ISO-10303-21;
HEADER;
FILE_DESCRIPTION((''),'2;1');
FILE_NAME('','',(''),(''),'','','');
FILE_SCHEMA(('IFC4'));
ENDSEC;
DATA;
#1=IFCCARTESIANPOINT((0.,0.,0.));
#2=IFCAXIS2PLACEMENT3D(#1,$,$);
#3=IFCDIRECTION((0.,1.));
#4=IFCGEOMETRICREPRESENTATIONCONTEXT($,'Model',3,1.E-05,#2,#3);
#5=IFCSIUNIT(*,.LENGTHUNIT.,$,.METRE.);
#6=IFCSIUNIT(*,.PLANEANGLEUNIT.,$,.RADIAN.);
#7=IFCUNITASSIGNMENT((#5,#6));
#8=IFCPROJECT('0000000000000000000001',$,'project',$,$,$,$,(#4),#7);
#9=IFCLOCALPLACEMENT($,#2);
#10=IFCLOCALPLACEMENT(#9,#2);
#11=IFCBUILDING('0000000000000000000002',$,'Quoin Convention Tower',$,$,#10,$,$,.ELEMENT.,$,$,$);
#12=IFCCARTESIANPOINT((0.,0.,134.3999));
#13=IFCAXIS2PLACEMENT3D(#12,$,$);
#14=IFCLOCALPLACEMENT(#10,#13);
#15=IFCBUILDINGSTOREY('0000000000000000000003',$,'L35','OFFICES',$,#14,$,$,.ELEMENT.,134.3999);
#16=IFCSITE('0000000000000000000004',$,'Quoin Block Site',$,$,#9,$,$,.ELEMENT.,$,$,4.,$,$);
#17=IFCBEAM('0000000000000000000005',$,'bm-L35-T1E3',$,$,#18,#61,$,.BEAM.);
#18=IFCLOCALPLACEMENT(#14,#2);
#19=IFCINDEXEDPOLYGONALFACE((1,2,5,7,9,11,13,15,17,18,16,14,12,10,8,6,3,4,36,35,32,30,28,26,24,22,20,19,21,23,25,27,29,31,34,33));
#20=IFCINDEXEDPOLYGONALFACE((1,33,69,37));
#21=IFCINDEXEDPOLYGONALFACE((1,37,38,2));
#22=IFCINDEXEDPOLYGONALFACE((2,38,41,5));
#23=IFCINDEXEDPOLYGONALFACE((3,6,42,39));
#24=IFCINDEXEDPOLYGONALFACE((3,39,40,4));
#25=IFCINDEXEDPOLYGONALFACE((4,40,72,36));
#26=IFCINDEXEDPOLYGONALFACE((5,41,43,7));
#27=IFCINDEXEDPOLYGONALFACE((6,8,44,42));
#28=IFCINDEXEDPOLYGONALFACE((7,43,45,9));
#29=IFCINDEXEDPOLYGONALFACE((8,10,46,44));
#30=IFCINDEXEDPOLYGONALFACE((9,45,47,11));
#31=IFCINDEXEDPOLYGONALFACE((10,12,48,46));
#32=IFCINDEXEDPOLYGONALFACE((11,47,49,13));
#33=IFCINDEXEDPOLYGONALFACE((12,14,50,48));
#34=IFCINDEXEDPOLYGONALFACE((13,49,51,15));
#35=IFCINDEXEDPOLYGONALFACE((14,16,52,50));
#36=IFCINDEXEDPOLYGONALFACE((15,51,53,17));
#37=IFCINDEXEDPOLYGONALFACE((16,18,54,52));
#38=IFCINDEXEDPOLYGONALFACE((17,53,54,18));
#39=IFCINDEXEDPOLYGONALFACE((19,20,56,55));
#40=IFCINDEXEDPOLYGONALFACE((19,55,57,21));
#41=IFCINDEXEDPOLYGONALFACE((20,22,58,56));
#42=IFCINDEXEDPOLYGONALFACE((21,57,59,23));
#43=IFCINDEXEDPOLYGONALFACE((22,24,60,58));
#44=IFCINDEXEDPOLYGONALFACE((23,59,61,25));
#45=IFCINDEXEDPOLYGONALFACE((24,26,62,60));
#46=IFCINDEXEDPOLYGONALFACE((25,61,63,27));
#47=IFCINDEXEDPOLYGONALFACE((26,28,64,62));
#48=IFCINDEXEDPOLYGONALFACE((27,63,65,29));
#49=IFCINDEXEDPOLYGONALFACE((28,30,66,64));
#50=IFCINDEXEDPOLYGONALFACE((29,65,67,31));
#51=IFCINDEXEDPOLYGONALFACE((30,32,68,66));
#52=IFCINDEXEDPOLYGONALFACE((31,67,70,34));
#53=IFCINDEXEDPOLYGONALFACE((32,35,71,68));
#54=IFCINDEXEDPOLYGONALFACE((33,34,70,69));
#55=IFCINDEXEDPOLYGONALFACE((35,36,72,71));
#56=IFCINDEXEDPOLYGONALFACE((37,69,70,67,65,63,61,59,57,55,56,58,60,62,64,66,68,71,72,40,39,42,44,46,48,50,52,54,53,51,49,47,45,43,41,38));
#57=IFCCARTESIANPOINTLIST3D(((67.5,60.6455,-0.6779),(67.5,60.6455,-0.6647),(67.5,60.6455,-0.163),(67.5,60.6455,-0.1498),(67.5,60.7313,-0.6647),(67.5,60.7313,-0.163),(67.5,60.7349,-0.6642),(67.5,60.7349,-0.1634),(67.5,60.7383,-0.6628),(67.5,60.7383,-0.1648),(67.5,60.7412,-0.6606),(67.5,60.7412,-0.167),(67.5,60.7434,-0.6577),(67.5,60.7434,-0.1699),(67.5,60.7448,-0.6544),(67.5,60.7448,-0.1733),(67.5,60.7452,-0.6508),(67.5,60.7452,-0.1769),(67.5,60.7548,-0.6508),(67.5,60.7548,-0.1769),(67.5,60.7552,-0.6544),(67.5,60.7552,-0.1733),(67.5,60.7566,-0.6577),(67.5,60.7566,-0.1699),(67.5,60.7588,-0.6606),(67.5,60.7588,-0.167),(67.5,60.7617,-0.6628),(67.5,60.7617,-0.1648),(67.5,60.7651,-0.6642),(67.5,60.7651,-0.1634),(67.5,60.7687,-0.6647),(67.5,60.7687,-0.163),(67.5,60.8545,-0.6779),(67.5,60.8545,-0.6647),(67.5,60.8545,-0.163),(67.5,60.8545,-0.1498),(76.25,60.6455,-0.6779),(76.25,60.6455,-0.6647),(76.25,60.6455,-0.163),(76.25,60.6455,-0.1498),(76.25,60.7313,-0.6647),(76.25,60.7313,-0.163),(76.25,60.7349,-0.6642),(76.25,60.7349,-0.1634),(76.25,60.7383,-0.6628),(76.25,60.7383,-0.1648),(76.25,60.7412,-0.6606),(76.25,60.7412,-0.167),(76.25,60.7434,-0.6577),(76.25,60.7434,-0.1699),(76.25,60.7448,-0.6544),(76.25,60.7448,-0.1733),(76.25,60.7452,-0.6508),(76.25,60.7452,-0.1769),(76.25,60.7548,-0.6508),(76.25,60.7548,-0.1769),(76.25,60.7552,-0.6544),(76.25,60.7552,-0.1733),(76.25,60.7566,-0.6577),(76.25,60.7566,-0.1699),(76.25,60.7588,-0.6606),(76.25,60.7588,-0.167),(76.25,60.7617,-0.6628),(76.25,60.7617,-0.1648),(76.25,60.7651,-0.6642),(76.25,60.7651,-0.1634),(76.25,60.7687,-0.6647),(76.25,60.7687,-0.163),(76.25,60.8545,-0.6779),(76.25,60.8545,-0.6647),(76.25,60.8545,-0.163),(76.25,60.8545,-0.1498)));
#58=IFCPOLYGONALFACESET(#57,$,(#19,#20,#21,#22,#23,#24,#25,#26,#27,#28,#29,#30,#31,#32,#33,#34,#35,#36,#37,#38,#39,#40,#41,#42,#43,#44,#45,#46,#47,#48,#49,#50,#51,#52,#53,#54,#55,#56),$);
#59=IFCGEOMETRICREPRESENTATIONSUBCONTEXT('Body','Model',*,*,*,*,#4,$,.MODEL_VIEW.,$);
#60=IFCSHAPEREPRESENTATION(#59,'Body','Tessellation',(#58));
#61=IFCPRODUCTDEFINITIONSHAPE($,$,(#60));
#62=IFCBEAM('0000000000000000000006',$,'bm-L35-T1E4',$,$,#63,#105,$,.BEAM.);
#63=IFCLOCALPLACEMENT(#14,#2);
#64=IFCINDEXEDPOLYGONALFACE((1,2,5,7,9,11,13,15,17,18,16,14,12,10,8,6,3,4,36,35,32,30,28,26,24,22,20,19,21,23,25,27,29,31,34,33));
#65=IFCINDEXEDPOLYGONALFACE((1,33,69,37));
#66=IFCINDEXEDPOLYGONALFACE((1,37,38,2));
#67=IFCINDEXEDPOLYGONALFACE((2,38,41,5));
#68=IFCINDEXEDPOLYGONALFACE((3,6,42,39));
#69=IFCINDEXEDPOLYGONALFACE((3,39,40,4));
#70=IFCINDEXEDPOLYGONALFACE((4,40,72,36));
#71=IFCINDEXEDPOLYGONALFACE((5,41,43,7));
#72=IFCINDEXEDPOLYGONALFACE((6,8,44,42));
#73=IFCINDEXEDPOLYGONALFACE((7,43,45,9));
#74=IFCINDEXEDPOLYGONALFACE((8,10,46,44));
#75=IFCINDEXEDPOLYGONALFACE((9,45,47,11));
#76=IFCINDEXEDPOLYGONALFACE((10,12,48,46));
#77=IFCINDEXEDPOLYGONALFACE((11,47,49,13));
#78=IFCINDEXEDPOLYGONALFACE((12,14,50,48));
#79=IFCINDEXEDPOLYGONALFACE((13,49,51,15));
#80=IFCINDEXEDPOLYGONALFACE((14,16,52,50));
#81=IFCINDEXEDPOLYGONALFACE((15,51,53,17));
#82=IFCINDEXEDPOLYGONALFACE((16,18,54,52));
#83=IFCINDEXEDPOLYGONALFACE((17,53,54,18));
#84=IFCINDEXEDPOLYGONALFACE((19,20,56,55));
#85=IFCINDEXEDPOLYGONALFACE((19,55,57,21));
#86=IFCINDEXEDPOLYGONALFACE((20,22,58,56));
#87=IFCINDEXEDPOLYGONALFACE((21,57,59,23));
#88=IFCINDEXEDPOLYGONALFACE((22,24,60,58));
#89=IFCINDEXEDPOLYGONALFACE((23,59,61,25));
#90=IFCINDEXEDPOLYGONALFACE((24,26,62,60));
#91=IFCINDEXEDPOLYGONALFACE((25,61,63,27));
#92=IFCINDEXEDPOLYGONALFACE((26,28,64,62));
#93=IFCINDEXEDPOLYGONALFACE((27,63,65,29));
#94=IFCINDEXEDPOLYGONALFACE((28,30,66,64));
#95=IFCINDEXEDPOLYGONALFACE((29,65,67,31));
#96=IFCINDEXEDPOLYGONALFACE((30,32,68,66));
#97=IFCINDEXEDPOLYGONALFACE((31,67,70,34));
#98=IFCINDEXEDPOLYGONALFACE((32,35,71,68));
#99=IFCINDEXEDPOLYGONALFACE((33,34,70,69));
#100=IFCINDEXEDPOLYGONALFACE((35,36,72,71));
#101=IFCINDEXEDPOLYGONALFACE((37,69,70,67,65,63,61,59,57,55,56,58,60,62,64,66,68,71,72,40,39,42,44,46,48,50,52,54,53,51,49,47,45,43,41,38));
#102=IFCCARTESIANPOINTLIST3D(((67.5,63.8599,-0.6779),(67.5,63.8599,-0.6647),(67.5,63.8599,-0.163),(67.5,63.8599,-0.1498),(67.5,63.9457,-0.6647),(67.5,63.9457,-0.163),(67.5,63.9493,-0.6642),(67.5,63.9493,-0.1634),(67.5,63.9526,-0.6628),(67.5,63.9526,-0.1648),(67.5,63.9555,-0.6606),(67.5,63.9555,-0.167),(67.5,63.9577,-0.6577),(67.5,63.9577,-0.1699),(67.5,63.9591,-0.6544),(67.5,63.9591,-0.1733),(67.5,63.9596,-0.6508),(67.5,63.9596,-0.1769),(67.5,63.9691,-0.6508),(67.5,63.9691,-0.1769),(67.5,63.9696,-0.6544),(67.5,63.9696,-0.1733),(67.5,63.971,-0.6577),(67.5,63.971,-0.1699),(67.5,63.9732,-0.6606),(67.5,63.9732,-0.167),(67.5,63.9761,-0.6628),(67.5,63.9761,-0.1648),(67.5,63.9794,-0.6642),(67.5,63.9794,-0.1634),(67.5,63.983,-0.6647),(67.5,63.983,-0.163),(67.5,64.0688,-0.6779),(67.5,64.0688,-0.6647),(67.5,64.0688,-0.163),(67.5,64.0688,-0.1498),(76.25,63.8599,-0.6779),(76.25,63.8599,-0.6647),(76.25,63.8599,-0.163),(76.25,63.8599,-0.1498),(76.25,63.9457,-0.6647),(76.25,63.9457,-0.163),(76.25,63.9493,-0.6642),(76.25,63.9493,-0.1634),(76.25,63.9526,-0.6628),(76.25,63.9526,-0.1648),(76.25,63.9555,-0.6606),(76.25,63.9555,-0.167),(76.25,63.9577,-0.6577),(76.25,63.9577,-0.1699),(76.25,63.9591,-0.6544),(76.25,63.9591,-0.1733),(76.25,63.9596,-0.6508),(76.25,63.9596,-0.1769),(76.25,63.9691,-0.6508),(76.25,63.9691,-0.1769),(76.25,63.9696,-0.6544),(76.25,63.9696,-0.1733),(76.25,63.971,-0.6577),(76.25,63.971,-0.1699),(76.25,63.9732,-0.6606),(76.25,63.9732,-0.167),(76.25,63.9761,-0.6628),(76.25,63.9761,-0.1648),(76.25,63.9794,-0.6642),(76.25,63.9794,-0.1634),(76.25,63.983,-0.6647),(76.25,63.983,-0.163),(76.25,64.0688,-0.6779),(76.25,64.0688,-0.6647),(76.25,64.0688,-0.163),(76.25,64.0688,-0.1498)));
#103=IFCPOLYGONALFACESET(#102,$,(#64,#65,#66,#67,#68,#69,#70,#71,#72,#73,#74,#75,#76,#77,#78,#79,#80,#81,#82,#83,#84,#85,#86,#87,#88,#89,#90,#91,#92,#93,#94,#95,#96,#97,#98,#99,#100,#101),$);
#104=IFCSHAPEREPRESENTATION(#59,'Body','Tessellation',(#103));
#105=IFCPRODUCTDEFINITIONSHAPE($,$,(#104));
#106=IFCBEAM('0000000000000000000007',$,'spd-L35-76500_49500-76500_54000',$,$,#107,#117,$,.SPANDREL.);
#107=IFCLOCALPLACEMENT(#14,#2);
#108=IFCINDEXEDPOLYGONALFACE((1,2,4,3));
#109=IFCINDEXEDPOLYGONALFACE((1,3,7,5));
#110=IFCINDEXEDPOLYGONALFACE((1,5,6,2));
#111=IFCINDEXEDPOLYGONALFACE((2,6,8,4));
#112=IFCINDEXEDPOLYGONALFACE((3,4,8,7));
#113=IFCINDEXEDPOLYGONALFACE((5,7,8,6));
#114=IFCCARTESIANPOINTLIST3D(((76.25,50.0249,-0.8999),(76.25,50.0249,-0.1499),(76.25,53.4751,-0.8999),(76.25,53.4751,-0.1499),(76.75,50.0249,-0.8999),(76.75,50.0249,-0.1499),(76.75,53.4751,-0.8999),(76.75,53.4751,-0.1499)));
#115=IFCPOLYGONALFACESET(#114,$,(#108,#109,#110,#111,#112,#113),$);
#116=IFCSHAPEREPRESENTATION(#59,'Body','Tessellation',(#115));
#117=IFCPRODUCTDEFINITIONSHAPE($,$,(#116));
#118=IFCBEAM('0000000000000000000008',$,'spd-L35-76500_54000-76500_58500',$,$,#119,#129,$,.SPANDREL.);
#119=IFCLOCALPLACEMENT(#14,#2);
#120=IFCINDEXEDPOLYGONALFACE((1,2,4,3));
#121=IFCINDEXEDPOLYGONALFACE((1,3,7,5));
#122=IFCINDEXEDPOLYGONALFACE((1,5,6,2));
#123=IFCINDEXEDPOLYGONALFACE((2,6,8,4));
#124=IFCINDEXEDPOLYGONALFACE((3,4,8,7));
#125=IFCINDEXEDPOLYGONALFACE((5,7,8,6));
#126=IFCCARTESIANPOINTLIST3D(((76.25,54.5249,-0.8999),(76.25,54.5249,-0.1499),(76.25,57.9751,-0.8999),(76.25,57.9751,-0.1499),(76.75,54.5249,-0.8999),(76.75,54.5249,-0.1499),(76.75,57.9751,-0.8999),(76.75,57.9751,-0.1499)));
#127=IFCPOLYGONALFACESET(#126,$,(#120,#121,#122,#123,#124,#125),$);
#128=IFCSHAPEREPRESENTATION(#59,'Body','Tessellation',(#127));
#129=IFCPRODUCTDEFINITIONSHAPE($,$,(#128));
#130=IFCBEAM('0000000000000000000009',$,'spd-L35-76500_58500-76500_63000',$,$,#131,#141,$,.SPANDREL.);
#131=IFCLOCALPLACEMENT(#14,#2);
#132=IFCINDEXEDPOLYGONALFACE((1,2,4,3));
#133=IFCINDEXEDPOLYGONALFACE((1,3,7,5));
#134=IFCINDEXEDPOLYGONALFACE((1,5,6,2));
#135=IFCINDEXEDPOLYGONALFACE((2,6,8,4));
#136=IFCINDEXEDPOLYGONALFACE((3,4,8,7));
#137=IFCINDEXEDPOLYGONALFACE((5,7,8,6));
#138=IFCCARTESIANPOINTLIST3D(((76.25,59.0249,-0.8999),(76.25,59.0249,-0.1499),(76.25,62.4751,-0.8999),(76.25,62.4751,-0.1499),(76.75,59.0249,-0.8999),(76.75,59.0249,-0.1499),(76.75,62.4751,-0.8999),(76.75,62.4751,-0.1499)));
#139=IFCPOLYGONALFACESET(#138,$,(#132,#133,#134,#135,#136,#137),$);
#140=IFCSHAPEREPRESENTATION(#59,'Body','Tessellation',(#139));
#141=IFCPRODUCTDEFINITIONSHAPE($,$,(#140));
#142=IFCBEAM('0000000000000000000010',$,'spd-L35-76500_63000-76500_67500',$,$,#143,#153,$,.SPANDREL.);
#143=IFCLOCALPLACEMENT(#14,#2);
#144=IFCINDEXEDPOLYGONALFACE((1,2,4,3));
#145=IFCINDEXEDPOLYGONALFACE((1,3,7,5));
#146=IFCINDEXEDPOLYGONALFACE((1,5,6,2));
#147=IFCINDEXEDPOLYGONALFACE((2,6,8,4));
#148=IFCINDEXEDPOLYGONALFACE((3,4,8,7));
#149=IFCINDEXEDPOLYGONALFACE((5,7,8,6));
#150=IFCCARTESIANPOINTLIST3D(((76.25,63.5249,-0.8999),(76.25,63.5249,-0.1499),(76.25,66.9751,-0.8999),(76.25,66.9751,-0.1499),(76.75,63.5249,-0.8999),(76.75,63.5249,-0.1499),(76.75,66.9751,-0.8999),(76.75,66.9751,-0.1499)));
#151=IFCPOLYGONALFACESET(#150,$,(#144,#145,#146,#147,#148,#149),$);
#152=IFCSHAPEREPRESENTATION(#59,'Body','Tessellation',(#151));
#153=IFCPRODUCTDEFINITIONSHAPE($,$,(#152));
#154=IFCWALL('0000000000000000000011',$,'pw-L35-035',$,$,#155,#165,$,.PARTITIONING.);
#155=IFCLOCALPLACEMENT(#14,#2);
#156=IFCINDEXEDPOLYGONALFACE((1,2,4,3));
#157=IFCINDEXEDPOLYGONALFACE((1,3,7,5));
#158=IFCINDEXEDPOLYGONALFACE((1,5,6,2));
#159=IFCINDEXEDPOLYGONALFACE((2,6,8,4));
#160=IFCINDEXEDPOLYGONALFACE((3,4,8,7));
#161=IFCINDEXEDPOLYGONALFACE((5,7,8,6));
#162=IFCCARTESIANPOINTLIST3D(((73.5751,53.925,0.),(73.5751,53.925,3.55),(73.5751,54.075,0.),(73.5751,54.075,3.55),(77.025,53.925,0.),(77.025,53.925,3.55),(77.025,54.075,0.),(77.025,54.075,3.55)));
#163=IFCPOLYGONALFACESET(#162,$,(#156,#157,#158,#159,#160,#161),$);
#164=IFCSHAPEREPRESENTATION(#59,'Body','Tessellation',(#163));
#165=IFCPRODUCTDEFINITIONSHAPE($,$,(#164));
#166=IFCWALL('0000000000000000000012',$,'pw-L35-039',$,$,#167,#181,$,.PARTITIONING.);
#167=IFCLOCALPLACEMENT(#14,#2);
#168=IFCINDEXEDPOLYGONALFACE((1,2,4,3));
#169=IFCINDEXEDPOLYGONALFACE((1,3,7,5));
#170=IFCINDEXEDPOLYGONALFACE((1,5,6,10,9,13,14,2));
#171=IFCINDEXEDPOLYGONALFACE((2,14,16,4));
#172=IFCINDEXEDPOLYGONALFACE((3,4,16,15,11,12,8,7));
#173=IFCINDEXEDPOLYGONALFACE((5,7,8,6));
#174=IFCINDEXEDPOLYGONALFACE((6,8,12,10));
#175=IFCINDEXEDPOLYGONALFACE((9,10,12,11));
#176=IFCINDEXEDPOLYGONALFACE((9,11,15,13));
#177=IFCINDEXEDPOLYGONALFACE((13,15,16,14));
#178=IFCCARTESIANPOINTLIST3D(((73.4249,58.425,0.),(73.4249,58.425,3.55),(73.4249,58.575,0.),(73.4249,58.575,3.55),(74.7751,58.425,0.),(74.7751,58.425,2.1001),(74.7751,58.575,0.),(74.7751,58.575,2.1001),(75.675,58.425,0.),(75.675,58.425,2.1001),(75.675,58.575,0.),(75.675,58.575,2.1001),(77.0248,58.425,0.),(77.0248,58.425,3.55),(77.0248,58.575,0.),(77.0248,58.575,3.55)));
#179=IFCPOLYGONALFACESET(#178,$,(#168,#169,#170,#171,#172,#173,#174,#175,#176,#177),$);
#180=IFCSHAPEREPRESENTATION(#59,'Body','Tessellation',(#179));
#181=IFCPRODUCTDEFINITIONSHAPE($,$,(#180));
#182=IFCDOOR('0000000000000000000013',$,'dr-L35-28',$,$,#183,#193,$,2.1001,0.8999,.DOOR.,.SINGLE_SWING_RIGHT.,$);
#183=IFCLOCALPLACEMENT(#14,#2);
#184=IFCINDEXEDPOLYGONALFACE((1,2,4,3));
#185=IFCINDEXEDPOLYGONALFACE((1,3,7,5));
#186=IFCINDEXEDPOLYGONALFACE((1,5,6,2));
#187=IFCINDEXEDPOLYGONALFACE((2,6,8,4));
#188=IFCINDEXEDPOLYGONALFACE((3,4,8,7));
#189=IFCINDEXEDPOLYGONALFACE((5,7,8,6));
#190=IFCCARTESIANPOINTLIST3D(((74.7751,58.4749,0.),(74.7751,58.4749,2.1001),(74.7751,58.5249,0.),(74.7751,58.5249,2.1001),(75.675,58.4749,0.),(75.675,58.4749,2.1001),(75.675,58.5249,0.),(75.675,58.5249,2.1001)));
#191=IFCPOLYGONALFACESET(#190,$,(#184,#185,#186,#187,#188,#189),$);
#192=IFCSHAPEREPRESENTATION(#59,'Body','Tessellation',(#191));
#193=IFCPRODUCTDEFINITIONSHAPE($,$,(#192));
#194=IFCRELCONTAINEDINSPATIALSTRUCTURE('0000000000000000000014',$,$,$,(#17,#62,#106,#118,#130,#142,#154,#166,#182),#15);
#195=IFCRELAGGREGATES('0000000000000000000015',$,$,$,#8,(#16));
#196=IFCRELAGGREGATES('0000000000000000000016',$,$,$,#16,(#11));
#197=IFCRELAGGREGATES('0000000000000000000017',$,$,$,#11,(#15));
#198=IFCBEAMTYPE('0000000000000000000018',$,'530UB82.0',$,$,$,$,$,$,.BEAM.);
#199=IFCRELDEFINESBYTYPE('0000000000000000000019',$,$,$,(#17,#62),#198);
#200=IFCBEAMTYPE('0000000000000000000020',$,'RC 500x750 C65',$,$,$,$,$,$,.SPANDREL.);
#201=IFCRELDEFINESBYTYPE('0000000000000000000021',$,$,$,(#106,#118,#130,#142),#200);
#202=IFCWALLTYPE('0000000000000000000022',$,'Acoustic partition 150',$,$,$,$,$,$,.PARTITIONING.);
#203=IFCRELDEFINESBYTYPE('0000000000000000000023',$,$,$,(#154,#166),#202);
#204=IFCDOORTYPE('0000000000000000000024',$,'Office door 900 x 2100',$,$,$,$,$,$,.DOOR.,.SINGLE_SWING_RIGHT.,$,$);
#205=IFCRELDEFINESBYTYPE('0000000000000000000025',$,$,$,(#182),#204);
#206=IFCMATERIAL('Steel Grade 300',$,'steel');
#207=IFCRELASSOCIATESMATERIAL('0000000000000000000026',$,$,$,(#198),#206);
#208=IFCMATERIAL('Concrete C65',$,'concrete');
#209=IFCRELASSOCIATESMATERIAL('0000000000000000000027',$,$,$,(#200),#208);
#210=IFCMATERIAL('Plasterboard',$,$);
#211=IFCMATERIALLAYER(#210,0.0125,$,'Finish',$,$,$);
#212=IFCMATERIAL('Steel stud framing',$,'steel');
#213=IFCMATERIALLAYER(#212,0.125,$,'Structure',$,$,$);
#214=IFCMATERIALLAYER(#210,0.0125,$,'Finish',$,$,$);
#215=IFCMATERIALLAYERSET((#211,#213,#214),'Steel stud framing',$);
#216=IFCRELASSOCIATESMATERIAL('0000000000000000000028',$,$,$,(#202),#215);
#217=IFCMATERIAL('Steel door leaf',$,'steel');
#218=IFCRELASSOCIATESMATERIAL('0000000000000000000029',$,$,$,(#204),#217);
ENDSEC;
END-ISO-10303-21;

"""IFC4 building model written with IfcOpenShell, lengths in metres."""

from ifc_helpers import new_model, si_unit, direction, frame, frame_2d, origin, origin_2d, place, context, subcontext, project, spatial, rectangle, i_section, extrude, material, layer, layer_set, material_profile, profile_set, type_object, element, fill, save


model = new_model("IFC4")

# Units and contexts
model_context = context("Model", 3, precision=1e-05, world=origin(), true_north=direction((0.0, 1.0)))
body_context = subcontext(model_context, "Body", "Model", "MODEL_VIEW")
ifc_project = project(units=[si_unit("LENGTHUNIT", "METRE"), si_unit("PLANEANGLEUNIT", "RADIAN")], contexts=[model_context])

# Site, building, storey
site_placement = place(None, origin())
site = spatial("IfcSite", under=ifc_project, at=site_placement, Name="Quoin Block Site", CompositionType="ELEMENT", RefElevation=4.0)
building_placement = place(site_placement, origin())
building = spatial("IfcBuilding", under=site, at=building_placement, Name="Quoin Convention Tower", CompositionType="ELEMENT")
storey_placement = place(building_placement, frame((0.0, 0.0, 134.3999)))
storey = spatial("IfcBuildingStorey", under=building, at=storey_placement, Name="L35", Description="OFFICES", CompositionType="ELEMENT", Elevation=134.3999)

# Shared definitions
ifc_material_1 = material(Name="Concrete C65", Category="concrete")

# Beams
ifc_material_2 = material(Name="Steel Grade 300", Category="steel")
ifc_material_profile_1 = material_profile(ifc_material_2, i_section(OverallWidth=0.209, OverallDepth=0.5281, WebThickness=0.0095, FlangeThickness=0.0132, FilletRadius=0.0139, at=origin_2d()), Name="530UB82.0")
ifc_profile_set_1 = profile_set([ifc_material_profile_1], Name="Steel Grade 300")
beam_type_1 = type_object("IfcBeamType", Name="530UB82.0", PredefinedType="BEAM", material=ifc_profile_set_1)
for number, where, z_axis, x_axis, name in (
    (1, (67.5, 60.75, -0.4138), (1.0, 0.0, 0.0), (0.0, 1.0, 0.0), "bm-L35-T1E3"),
    (2, (67.5, 63.9644, -0.4138), (1.0, 0.0, 0.0), (0.0, 1.0, 0.0), "bm-L35-T1E4"),
):
    element("IfcBeam", number, at=place(storey_placement, frame(where, z_axis=z_axis, x_axis=x_axis)), inside=storey, type_object=beam_type_1, Name=name, PredefinedType="BEAM", context=body_context, shape_type="SweptSolid", body=[
        extrude(i_section(OverallWidth=0.209, OverallDepth=0.5281, WebThickness=0.0095, FlangeThickness=0.0132, FilletRadius=0.0139, at=origin_2d()), origin(), (0.0, 0.0, 1.0), 8.75),
    ])
ifc_material_profile_2 = material_profile(ifc_material_1, rectangle(XDim=0.5, YDim=0.75, at=origin_2d()), Name="RC 500x750")
ifc_profile_set_2 = profile_set([ifc_material_profile_2], Name="Concrete C65")
beam_type_2 = type_object("IfcBeamType", Name="RC 500x750 C65", PredefinedType="SPANDREL", material=ifc_profile_set_2)
for number, where, z_axis, x_axis, name in (
    (3, (76.5, 50.0249, -0.5249), (0.0, 1.0, 0.0), (-1.0, 0.0, 0.0), "spd-L35-76500_49500-76500_54000"),
    (4, (76.5, 54.5249, -0.5249), (0.0, 1.0, 0.0), (-1.0, 0.0, 0.0), "spd-L35-76500_54000-76500_58500"),
    (5, (76.5, 59.0249, -0.5249), (0.0, 1.0, 0.0), (-1.0, 0.0, 0.0), "spd-L35-76500_58500-76500_63000"),
    (6, (76.5, 63.5249, -0.5249), (0.0, 1.0, 0.0), (-1.0, 0.0, 0.0), "spd-L35-76500_63000-76500_67500"),
):
    element("IfcBeam", number, at=place(storey_placement, frame(where, z_axis=z_axis, x_axis=x_axis)), inside=storey, type_object=beam_type_2, Name=name, PredefinedType="SPANDREL", context=body_context, shape_type="SweptSolid", body=[
        extrude(rectangle(XDim=0.5, YDim=0.75, at=origin_2d()), origin(), (0.0, 0.0, 1.0), 3.4502),
    ])

# Wall
ifc_material_3 = material(Name="Plasterboard")
ifc_layer_1 = layer(ifc_material_3, 0.0125, Name="Finish")
ifc_material_4 = material(Name="Steel stud framing", Category="steel")
ifc_layer_2 = layer(ifc_material_4, 0.125, Name="Structure")
ifc_layer_3 = layer(ifc_material_3, 0.0125, Name="Finish")
ifc_layer_set_1 = layer_set([ifc_layer_1, ifc_layer_2, ifc_layer_3], Name="Steel stud framing")
wall_type_1 = type_object("IfcWallType", Name="Acoustic partition 150", PredefinedType="PARTITIONING", material=ifc_layer_set_1)
wall_1_placement = place(storey_placement, frame((73.575, 54.0, 0.0), z_axis=(0.0, 0.0, 1.0), x_axis=(1.0, 0.0, 0.0)))
element("IfcWall", 7, at=wall_1_placement, inside=storey, type_object=wall_type_1, Name="pw-L35-035", PredefinedType="PARTITIONING", context=body_context, shape_type="SweptSolid", body=[
    extrude(rectangle(XDim=3.45, YDim=0.1499, at=frame_2d((1.7251, 0.0))), origin(), (0.0, 0.0, 1.0), 3.55),
])

# Wall, opening, door
wall_2_placement = place(storey_placement, frame((73.425, 58.5, 0.0), z_axis=(0.0, 0.0, 1.0), x_axis=(1.0, 0.0, 0.0)))
wall_2 = element("IfcWall", 8, at=wall_2_placement, inside=storey, type_object=wall_type_1, Name="pw-L35-039", PredefinedType="PARTITIONING", context=body_context, shape_type="SweptSolid", body=[
    extrude(rectangle(XDim=3.5999, YDim=0.1499, at=frame_2d((1.7998, 0.0))), origin(), (0.0, 0.0, 1.0), 3.55),
])
opening_1_placement = place(wall_2_placement, frame((1.3501, 0.0, 0.0)))
opening_1 = element("IfcOpeningElement", 9, at=opening_1_placement, cuts=wall_2, PredefinedType="OPENING", context=body_context, shape_type="SweptSolid", body=[
    extrude(rectangle(XDim=0.8999, YDim=2.1001, at=frame_2d((0.45, 1.05))), frame((0.0, 0.085, 0.0), z_axis=(0.0, -1.0, 0.0), x_axis=(1.0, 0.0, 0.0)), (0.0, 0.0, 1.0), 0.1699),
])
ifc_material_5 = material(Name="Steel door leaf", Category="steel")
door_type_1 = type_object("IfcDoorType", Name="Office door 900 x 2100", OperationType="SINGLE_SWING_RIGHT", PredefinedType="DOOR", material=ifc_material_5)
door_1_placement = place(opening_1_placement, origin())
door_1 = element("IfcDoor", 10, at=door_1_placement, inside=storey, type_object=door_type_1, Name="dr-L35-28", OperationType="SINGLE_SWING_RIGHT", OverallHeight=2.1001, OverallWidth=0.8999, PredefinedType="DOOR", context=body_context, shape_type="SweptSolid", body=[
    extrude(rectangle(XDim=0.8999, YDim=2.1001, at=frame_2d((0.45, 1.05))), frame((0.0, 0.0249, 0.0), z_axis=(0.0, -1.0, 0.0), x_axis=(1.0, 0.0, 0.0)), (0.0, 0.0, 1.0), 0.05),
])
fill(opening_1, door_1)

save(model, "model.ifc")
